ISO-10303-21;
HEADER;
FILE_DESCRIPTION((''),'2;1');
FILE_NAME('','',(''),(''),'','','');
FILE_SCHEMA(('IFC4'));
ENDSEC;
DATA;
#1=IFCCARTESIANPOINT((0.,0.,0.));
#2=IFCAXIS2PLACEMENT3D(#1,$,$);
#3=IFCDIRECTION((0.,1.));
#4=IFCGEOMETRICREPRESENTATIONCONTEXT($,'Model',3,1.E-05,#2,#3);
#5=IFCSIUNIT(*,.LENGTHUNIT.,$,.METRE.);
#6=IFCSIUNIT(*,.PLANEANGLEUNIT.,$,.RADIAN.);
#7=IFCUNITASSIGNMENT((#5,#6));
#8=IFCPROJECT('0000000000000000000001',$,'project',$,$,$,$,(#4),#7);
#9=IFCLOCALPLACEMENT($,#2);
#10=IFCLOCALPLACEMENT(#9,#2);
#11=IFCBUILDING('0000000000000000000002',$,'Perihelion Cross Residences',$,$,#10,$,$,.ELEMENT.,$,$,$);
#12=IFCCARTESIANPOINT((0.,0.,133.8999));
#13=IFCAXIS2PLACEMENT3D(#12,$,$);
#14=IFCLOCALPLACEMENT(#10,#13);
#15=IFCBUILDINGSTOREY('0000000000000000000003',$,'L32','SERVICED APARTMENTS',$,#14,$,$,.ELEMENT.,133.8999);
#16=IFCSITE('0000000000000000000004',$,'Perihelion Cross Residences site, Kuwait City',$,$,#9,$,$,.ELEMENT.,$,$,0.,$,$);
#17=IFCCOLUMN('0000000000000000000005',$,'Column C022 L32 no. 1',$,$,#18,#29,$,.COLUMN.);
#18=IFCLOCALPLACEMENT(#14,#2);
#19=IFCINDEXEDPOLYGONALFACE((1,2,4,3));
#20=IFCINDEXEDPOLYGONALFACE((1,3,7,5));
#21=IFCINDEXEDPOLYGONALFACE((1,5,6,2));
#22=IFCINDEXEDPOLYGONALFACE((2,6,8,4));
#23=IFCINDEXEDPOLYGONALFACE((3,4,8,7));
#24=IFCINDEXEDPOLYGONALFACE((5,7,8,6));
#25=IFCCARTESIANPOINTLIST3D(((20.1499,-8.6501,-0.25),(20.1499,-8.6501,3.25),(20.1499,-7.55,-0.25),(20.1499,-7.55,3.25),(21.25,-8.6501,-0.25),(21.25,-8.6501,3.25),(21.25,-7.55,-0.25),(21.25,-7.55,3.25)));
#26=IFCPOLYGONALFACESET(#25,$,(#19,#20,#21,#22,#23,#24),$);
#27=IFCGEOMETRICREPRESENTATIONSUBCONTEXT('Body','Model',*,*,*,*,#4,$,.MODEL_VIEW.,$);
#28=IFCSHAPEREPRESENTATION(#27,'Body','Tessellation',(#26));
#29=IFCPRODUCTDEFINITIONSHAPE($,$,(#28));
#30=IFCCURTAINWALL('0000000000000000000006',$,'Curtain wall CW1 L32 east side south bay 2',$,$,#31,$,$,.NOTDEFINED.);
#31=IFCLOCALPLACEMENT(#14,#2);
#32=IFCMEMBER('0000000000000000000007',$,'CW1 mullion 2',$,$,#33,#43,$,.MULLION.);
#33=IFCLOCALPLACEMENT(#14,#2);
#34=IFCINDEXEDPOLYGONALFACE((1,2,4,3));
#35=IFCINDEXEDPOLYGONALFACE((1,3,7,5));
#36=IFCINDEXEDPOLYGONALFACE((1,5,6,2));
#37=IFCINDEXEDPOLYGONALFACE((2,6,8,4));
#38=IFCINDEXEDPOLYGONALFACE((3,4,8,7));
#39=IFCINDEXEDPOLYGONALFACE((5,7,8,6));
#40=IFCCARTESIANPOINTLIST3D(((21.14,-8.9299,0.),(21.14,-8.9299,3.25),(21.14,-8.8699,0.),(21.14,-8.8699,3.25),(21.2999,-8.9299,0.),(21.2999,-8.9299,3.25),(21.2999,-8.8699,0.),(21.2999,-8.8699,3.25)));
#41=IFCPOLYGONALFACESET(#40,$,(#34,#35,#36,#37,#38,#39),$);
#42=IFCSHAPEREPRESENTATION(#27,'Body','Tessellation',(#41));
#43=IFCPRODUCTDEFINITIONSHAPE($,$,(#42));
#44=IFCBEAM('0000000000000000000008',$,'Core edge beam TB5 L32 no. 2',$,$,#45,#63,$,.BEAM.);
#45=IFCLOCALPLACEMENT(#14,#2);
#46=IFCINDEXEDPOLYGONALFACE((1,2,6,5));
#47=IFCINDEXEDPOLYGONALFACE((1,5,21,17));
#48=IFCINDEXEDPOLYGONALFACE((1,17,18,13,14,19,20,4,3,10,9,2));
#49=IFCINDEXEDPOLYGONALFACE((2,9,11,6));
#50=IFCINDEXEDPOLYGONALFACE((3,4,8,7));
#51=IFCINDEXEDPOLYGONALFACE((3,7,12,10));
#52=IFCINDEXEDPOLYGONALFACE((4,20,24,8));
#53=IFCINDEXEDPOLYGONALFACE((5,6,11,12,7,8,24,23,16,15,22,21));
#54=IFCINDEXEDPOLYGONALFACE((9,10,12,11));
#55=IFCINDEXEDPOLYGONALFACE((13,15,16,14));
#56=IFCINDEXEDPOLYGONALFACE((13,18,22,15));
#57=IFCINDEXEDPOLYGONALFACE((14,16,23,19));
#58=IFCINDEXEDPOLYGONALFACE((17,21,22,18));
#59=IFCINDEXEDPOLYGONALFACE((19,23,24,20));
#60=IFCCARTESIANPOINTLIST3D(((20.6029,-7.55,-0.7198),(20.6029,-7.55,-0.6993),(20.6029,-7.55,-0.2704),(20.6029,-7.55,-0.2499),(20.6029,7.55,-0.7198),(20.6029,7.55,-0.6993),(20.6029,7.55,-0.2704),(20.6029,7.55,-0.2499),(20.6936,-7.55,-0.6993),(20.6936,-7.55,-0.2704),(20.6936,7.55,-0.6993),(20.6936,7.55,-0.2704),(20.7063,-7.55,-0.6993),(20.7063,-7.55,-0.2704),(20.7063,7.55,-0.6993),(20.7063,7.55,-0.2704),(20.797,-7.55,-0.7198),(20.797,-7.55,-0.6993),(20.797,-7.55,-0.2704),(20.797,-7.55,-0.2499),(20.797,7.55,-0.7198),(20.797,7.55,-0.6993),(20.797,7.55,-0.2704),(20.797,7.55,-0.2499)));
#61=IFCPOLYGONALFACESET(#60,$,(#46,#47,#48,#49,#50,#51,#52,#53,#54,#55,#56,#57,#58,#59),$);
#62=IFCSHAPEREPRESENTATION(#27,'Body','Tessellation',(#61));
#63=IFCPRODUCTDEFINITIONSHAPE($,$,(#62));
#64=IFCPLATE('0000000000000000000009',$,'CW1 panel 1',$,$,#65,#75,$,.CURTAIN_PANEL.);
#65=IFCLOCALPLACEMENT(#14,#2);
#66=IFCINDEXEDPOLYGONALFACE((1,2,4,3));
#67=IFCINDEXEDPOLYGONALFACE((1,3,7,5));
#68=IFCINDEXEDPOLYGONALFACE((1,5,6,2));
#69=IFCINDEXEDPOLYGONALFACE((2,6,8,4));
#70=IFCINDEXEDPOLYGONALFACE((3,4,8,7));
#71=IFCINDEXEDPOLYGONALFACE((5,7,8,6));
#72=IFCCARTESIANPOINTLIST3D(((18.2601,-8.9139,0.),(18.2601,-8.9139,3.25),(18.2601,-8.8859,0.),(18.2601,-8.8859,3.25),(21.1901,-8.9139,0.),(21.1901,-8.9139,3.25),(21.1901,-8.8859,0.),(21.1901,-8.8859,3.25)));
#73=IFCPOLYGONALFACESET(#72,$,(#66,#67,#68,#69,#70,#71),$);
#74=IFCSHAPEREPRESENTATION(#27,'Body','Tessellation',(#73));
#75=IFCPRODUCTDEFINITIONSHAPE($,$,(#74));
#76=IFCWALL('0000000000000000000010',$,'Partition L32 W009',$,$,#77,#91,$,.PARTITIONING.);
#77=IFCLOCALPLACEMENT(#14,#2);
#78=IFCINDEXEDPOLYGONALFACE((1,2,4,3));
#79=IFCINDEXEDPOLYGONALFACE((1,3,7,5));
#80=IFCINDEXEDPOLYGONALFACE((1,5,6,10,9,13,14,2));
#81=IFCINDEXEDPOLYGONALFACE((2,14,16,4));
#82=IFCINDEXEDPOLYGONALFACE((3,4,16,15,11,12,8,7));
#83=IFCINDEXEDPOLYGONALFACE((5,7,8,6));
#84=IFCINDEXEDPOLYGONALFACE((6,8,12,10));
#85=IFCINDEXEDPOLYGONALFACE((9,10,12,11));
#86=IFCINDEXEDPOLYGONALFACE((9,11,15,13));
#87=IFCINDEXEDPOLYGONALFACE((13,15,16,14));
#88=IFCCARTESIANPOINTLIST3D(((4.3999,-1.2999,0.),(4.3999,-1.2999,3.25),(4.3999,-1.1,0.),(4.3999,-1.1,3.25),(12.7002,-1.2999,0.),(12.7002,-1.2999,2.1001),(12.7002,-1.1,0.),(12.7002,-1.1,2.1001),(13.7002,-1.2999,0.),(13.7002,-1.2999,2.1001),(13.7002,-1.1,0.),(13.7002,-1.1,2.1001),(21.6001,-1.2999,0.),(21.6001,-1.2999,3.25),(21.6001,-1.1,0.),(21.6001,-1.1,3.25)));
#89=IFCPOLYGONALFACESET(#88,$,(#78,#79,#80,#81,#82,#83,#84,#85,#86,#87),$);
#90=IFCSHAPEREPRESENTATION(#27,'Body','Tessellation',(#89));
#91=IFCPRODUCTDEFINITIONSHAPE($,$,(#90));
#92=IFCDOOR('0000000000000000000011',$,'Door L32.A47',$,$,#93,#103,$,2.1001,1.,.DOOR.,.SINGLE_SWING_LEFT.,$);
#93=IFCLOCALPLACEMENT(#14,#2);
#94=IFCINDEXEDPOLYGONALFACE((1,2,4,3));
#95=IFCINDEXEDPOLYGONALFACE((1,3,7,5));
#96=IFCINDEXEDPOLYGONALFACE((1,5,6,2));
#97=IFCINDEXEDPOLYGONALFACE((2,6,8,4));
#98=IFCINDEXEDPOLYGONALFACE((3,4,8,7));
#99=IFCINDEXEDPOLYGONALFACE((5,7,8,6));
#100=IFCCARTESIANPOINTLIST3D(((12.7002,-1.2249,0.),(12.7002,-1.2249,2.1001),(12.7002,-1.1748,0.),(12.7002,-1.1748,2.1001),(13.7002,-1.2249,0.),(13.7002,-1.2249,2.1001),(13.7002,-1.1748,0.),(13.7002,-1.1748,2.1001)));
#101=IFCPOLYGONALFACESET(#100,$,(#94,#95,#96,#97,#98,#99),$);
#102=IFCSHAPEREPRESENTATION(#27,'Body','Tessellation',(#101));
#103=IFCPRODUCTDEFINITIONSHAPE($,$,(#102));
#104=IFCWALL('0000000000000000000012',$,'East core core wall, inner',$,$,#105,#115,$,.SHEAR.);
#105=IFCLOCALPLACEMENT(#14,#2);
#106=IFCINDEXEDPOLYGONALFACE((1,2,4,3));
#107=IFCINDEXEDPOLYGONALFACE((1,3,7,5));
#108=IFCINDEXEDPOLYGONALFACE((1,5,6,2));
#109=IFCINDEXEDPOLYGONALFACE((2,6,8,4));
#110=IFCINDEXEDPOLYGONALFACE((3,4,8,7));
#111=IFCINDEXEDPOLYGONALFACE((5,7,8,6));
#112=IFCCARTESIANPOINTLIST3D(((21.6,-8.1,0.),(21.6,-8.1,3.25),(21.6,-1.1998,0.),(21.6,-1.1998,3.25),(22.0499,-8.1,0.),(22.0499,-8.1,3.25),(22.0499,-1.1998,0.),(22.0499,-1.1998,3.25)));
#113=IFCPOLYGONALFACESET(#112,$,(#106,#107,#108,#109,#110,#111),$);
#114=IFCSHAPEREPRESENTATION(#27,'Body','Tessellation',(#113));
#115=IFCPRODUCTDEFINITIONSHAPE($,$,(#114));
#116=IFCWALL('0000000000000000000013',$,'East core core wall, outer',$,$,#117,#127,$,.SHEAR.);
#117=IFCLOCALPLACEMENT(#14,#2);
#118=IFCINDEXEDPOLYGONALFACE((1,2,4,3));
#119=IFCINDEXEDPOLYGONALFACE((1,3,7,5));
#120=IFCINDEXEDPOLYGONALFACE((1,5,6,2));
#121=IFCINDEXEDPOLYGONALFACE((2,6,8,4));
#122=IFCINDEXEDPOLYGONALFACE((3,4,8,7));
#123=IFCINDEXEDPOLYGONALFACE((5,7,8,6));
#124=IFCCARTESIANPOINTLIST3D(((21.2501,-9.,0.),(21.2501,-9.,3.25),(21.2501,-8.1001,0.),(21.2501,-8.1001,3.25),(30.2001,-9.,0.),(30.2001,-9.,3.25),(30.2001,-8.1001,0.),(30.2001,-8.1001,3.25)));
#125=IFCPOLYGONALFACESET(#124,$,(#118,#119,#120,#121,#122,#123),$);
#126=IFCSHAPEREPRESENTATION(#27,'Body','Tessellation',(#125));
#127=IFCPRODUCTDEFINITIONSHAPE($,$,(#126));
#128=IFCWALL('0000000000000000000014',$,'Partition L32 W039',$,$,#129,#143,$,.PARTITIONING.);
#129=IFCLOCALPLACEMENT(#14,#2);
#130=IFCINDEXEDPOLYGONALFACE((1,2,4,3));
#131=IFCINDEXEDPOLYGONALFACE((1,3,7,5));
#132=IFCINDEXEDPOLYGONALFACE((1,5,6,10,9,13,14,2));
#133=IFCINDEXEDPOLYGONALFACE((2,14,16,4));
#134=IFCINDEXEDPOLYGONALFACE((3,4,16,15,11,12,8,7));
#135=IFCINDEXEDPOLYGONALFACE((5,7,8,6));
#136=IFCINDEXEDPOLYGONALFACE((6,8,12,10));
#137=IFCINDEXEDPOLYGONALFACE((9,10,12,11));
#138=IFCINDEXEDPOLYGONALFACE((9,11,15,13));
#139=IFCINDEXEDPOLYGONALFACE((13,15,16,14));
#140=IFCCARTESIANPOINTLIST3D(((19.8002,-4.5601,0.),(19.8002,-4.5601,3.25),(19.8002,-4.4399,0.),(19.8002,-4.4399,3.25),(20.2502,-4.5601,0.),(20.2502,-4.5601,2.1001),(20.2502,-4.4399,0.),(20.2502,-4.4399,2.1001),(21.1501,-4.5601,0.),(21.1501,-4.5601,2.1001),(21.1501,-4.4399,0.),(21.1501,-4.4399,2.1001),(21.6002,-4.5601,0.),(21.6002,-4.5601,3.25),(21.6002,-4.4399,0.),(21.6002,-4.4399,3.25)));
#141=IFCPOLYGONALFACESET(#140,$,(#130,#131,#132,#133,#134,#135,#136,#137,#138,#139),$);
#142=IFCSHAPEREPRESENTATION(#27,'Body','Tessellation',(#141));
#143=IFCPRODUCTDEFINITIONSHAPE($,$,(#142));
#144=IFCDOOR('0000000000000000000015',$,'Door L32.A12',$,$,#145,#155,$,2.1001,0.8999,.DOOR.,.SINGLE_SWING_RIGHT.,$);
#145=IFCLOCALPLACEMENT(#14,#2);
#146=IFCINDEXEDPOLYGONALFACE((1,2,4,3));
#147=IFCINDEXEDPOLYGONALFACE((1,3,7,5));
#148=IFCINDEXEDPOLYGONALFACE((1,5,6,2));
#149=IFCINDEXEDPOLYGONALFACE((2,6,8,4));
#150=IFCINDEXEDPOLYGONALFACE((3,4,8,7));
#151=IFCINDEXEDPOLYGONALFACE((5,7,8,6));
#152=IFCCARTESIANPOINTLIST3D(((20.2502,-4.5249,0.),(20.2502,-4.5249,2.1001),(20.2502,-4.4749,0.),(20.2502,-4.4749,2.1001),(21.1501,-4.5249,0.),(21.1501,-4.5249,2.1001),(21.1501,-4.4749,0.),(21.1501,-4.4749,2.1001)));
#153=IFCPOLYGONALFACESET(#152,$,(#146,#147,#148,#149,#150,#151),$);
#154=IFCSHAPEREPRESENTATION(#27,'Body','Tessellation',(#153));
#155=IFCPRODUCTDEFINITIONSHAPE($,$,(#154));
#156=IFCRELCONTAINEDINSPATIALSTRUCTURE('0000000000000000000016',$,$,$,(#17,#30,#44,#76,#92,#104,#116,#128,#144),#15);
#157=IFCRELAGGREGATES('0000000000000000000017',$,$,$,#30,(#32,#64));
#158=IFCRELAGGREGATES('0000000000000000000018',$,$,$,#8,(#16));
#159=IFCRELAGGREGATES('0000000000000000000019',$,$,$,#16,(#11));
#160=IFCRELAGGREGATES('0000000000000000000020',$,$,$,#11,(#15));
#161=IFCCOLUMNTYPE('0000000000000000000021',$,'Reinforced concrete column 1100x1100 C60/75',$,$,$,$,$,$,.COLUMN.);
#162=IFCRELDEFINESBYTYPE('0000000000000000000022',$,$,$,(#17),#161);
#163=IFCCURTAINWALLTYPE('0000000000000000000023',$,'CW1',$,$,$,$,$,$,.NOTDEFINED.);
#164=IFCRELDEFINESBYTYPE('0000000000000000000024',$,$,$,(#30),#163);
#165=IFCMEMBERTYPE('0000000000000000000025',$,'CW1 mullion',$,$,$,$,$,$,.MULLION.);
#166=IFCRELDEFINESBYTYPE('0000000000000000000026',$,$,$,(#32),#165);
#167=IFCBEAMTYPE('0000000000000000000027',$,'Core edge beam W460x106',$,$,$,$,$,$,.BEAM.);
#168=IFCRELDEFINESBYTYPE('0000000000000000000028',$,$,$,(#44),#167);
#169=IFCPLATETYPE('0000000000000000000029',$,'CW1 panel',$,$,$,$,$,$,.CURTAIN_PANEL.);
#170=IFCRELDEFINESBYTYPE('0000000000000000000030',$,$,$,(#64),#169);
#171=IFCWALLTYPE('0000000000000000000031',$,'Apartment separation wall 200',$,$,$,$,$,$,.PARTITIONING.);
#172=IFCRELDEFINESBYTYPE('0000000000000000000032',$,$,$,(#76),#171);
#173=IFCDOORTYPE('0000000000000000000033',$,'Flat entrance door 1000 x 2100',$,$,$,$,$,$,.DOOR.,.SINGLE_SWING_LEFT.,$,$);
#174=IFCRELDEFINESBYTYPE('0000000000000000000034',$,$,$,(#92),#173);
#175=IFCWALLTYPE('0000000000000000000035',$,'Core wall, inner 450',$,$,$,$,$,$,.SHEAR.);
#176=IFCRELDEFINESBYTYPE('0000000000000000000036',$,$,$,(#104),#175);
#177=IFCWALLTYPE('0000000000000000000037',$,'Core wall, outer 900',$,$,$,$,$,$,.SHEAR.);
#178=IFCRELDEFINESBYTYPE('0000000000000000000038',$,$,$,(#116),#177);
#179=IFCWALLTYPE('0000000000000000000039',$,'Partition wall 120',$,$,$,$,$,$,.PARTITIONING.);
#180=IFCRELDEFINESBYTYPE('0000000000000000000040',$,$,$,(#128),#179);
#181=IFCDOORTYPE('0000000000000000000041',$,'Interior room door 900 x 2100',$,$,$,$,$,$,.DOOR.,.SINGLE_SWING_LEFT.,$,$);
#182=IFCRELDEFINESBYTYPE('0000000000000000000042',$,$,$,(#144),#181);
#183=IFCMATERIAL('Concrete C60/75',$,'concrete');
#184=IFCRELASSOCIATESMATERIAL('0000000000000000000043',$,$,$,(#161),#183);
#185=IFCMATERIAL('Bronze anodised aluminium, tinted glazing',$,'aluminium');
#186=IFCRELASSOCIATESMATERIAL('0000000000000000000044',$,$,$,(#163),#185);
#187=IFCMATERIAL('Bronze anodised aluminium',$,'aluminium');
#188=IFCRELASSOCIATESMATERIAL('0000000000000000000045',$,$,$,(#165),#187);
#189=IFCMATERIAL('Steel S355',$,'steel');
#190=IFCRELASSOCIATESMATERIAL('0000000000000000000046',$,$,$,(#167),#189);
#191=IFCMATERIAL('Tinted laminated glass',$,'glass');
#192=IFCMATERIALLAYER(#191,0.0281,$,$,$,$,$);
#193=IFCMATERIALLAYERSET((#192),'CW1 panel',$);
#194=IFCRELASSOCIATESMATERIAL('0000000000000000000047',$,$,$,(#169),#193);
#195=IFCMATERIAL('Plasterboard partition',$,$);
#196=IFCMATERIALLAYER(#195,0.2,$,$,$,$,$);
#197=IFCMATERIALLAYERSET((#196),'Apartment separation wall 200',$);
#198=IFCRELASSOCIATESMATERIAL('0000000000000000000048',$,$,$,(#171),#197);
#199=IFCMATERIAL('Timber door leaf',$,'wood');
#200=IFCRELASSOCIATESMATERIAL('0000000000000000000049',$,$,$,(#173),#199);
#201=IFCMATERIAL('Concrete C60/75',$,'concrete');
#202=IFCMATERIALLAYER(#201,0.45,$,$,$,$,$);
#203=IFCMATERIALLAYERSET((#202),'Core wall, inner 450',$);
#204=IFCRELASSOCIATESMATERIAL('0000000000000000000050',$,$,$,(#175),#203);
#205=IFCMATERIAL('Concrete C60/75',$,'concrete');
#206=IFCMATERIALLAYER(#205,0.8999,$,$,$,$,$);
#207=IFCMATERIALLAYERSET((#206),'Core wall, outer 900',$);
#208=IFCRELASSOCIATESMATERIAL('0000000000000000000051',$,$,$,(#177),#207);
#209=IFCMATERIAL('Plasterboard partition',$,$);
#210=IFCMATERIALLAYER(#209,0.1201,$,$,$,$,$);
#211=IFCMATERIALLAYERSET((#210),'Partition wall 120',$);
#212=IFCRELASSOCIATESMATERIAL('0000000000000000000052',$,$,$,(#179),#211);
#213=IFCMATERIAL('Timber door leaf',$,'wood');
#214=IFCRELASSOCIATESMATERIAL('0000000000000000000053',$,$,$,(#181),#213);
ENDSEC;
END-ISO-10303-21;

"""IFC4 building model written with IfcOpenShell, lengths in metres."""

from ifc_helpers import new_model, si_unit, direction, frame, frame_2d, origin, origin_2d, place, context, subcontext, project, spatial, rectangle, i_section, extrude, material, layer, layer_set, material_profile, profile_set, type_object, element, fill, aggregate, save


model = new_model("IFC4")

# Units and contexts
model_context = context("Model", 3, precision=1e-05, world=origin(), true_north=direction((0.0, 1.0)))
body_context = subcontext(model_context, "Body", "Model", "MODEL_VIEW")
ifc_project = project(units=[si_unit("LENGTHUNIT", "METRE"), si_unit("PLANEANGLEUNIT", "RADIAN")], contexts=[model_context])

# Site, building, storey
site_placement = place(None, origin())
site = spatial("IfcSite", under=ifc_project, at=site_placement, Name="Perihelion Cross Residences site, Kuwait City", CompositionType="ELEMENT", RefElevation=0.0)
building_placement = place(site_placement, origin())
building = spatial("IfcBuilding", under=site, at=building_placement, Name="Perihelion Cross Residences", CompositionType="ELEMENT")
storey_placement = place(building_placement, frame((0.0, 0.0, 133.8999)))
storey = spatial("IfcBuildingStorey", under=building, at=storey_placement, Name="L32", Description="SERVICED APARTMENTS", CompositionType="ELEMENT", Elevation=133.8999)

# Column
ifc_material_1 = material(Name="Concrete C60/75", Category="concrete")
ifc_material_profile_1 = material_profile(ifc_material_1, rectangle(XDim=1.1001, YDim=1.1001, at=origin_2d()), Name="RC 1100x1100")
ifc_profile_set_1 = profile_set([ifc_material_profile_1], Name="Concrete C60/75")
column_type = type_object("IfcColumnType", Name="Reinforced concrete column 1100x1100 C60/75", PredefinedType="COLUMN", material=ifc_profile_set_1)
column_placement = place(storey_placement, frame((20.7, -8.1001, -0.25), z_axis=(0.0, 0.0, 1.0), x_axis=(1.0, 0.0, 0.0)))
element("IfcColumn", 1, at=column_placement, inside=storey, type_object=column_type, Name="Column C022 L32 no. 1", PredefinedType="COLUMN", context=body_context, shape_type="SweptSolid", body=[
    extrude(rectangle(XDim=1.1001, YDim=1.1001, at=origin_2d()), origin(), (0.0, 0.0, 1.0), 3.5),
])

# Curtain wall, member
ifc_material_2 = material(Name="Bronze anodised aluminium, tinted glazing", Category="aluminium")
curtain_wall_type = type_object("IfcCurtainWallType", Name="CW1", PredefinedType="NOTDEFINED", material=ifc_material_2)
curtain_wall_placement = place(storey_placement, origin())
curtain_wall = element("IfcCurtainWall", 2, at=curtain_wall_placement, inside=storey, type_object=curtain_wall_type, Name="Curtain wall CW1 L32 east side south bay 2", PredefinedType="NOTDEFINED")
ifc_material_3 = material(Name="Bronze anodised aluminium", Category="aluminium")
ifc_material_profile_2 = material_profile(ifc_material_3, rectangle(XDim=0.0601, YDim=0.1599, at=origin_2d()), Name="CW1 mullion")
ifc_profile_set_2 = profile_set([ifc_material_profile_2], Name="Bronze anodised aluminium")
member_type = type_object("IfcMemberType", Name="CW1 mullion", PredefinedType="MULLION", material=ifc_profile_set_2)
member_placement = place(storey_placement, frame((21.22, -8.8999, 0.0), z_axis=(0.0, 0.0, 1.0), x_axis=(0.0, 1.0, 0.0)))
member = element("IfcMember", 3, at=member_placement, type_object=member_type, Name="CW1 mullion 2", PredefinedType="MULLION", context=body_context, shape_type="SweptSolid", body=[
    extrude(rectangle(XDim=0.0601, YDim=0.1599, at=origin_2d()), origin(), (0.0, 0.0, 1.0), 3.25),
])

# Beam
ifc_material_4 = material(Name="Steel S355", Category="steel")
ifc_material_profile_3 = material_profile(ifc_material_4, i_section(OverallWidth=0.1941, OverallDepth=0.47, WebThickness=0.0127, FlangeThickness=0.0205, at=origin_2d()), Name="W460x106")
ifc_profile_set_3 = profile_set([ifc_material_profile_3], Name="Steel S355")
beam_type = type_object("IfcBeamType", Name="Core edge beam W460x106", PredefinedType="BEAM", material=ifc_profile_set_3)
beam_placement = place(storey_placement, frame((20.7, -7.55, -0.4849), z_axis=(0.0, 1.0, 0.0), x_axis=(-1.0, 0.0, 0.0)))
element("IfcBeam", 4, at=beam_placement, inside=storey, type_object=beam_type, Name="Core edge beam TB5 L32 no. 2", PredefinedType="BEAM", context=body_context, shape_type="SweptSolid", body=[
    extrude(i_section(OverallWidth=0.1941, OverallDepth=0.47, WebThickness=0.0127, FlangeThickness=0.0205, at=origin_2d()), origin(), (0.0, 0.0, 1.0), 15.1001),
])

# Plate
ifc_material_5 = material(Name="Tinted laminated glass", Category="glass")
ifc_layer_1 = layer(ifc_material_5, 0.0281)
ifc_layer_set_1 = layer_set([ifc_layer_1], Name="CW1 panel")
plate_type = type_object("IfcPlateType", Name="CW1 panel", PredefinedType="CURTAIN_PANEL", material=ifc_layer_set_1)
plate_placement = place(storey_placement, frame((19.7251, -8.8999, 0.0), z_axis=(0.0, 0.0, 1.0), x_axis=(1.0, 0.0, 0.0)))
plate = element("IfcPlate", 5, at=plate_placement, type_object=plate_type, Name="CW1 panel 1", PredefinedType="CURTAIN_PANEL", context=body_context, shape_type="SweptSolid", body=[
    extrude(rectangle(XDim=2.9299, YDim=0.0281, at=origin_2d()), origin(), (0.0, 0.0, 1.0), 3.25),
])
aggregate(curtain_wall, [member, plate])

# Wall, opening, door
ifc_material_6 = material(Name="Plasterboard partition")
ifc_layer_2 = layer(ifc_material_6, 0.2)
ifc_layer_set_2 = layer_set([ifc_layer_2], Name="Apartment separation wall 200")
wall_type_1 = type_object("IfcWallType", Name="Apartment separation wall 200", PredefinedType="PARTITIONING", material=ifc_layer_set_2)
wall_1_placement = place(storey_placement, frame((21.6001, -1.2, 0.0), z_axis=(0.0, 0.0, 1.0), x_axis=(-1.0, 0.0, 0.0)))
wall_1 = element("IfcWall", 6, at=wall_1_placement, inside=storey, type_object=wall_type_1, Name="Partition L32 W009", PredefinedType="PARTITIONING", context=body_context, shape_type="SweptSolid", body=[
    extrude(rectangle(XDim=17.2002, YDim=0.2, at=frame_2d((8.6001, 0.0))), origin(), (0.0, 0.0, 1.0), 3.25),
])
opening_1_placement = place(wall_1_placement, frame((7.8999, 0.0, 0.0)))
opening_1 = element("IfcOpeningElement", 7, at=opening_1_placement, cuts=wall_1, PredefinedType="OPENING", context=body_context, shape_type="SweptSolid", body=[
    extrude(rectangle(XDim=1.0, YDim=2.1001, at=frame_2d((0.5, 1.05))), frame((0.0, 0.1099, 0.0), z_axis=(0.0, -1.0, 0.0), x_axis=(1.0, 0.0, 0.0)), (0.0, 0.0, 1.0), 0.22),
])
ifc_material_7 = material(Name="Timber door leaf", Category="wood")
door_type_1 = type_object("IfcDoorType", Name="Flat entrance door 1000 x 2100", OperationType="SINGLE_SWING_LEFT", PredefinedType="DOOR", material=ifc_material_7)
door_1_placement = place(opening_1_placement, origin())
door_1 = element("IfcDoor", 8, at=door_1_placement, inside=storey, type_object=door_type_1, Name="Door L32.A47", OperationType="SINGLE_SWING_LEFT", OverallHeight=2.1001, OverallWidth=1.0, PredefinedType="DOOR", context=body_context, shape_type="SweptSolid", body=[
    extrude(rectangle(XDim=1.0, YDim=2.1001, at=frame_2d((0.5, 1.05))), frame((0.0, 0.0249, 0.0), z_axis=(0.0, -1.0, 0.0), x_axis=(1.0, 0.0, 0.0)), (0.0, 0.0, 1.0), 0.05),
])
fill(opening_1, door_1)

# Walls
ifc_material_8 = material(Name="Concrete C60/75", Category="concrete")
ifc_layer_3 = layer(ifc_material_8, 0.45)
ifc_layer_set_3 = layer_set([ifc_layer_3], Name="Core wall, inner 450")
wall_type_2 = type_object("IfcWallType", Name="Core wall, inner 450", PredefinedType="SHEAR", material=ifc_layer_set_3)
wall_2_placement = place(storey_placement, frame((21.825, -8.1001, 0.0), z_axis=(0.0, 0.0, 1.0), x_axis=(0.0, 1.0, 0.0)))
element("IfcWall", 9, at=wall_2_placement, inside=storey, type_object=wall_type_2, Name="East core core wall, inner", PredefinedType="SHEAR", context=body_context, shape_type="SweptSolid", body=[
    extrude(rectangle(XDim=6.9001, YDim=0.45, at=frame_2d((3.4502, 0.0))), origin(), (0.0, 0.0, 1.0), 3.25),
])
ifc_material_9 = material(Name="Concrete C60/75", Category="concrete")
ifc_layer_4 = layer(ifc_material_9, 0.8999)
ifc_layer_set_4 = layer_set([ifc_layer_4], Name="Core wall, outer 900")
wall_type_3 = type_object("IfcWallType", Name="Core wall, outer 900", PredefinedType="SHEAR", material=ifc_layer_set_4)
wall_3_placement = place(storey_placement, frame((21.25, -8.55, 0.0), z_axis=(0.0, 0.0, 1.0), x_axis=(1.0, 0.0, 0.0)))
element("IfcWall", 10, at=wall_3_placement, inside=storey, type_object=wall_type_3, Name="East core core wall, outer", PredefinedType="SHEAR", context=body_context, shape_type="SweptSolid", body=[
    extrude(rectangle(XDim=8.95, YDim=0.8999, at=frame_2d((4.4751, 0.0))), origin(), (0.0, 0.0, 1.0), 3.25),
])

# Wall, opening, door
ifc_material_10 = material(Name="Plasterboard partition")
ifc_layer_5 = layer(ifc_material_10, 0.1201)
ifc_layer_set_5 = layer_set([ifc_layer_5], Name="Partition wall 120")
wall_type_4 = type_object("IfcWallType", Name="Partition wall 120", PredefinedType="PARTITIONING", material=ifc_layer_set_5)
wall_4_placement = place(storey_placement, frame((21.6001, -4.5, 0.0), z_axis=(0.0, 0.0, 1.0), x_axis=(-1.0, 0.0, 0.0)))
wall_4 = element("IfcWall", 11, at=wall_4_placement, inside=storey, type_object=wall_type_4, Name="Partition L32 W039", PredefinedType="PARTITIONING", context=body_context, shape_type="SweptSolid", body=[
    extrude(rectangle(XDim=1.8, YDim=0.1201, at=frame_2d((0.8999, 0.0))), origin(), (0.0, 0.0, 1.0), 3.25),
])
opening_2_placement = place(wall_4_placement, frame((0.45, 0.0, 0.0)))
opening_2 = element("IfcOpeningElement", 12, at=opening_2_placement, cuts=wall_4, PredefinedType="OPENING", context=body_context, shape_type="SweptSolid", body=[
    extrude(rectangle(XDim=0.8999, YDim=2.1001, at=frame_2d((0.45, 1.05))), frame((0.0, 0.0701, 0.0), z_axis=(0.0, -1.0, 0.0), x_axis=(1.0, 0.0, 0.0)), (0.0, 0.0, 1.0), 0.1401),
])
ifc_material_11 = material(Name="Timber door leaf", Category="wood")
door_type_2 = type_object("IfcDoorType", Name="Interior room door 900 x 2100", OperationType="SINGLE_SWING_LEFT", PredefinedType="DOOR", material=ifc_material_11)
door_2_placement = place(opening_2_placement, origin())
door_2 = element("IfcDoor", 13, at=door_2_placement, inside=storey, type_object=door_type_2, Name="Door L32.A12", OperationType="SINGLE_SWING_RIGHT", OverallHeight=2.1001, OverallWidth=0.8999, PredefinedType="DOOR", context=body_context, shape_type="SweptSolid", body=[
    extrude(rectangle(XDim=0.8999, YDim=2.1001, at=frame_2d((0.45, 1.05))), frame((0.0, 0.0249, 0.0), z_axis=(0.0, -1.0, 0.0), x_axis=(1.0, 0.0, 0.0)), (0.0, 0.0, 1.0), 0.05),
])
fill(opening_2, door_2)

save(model, "model.ifc")
